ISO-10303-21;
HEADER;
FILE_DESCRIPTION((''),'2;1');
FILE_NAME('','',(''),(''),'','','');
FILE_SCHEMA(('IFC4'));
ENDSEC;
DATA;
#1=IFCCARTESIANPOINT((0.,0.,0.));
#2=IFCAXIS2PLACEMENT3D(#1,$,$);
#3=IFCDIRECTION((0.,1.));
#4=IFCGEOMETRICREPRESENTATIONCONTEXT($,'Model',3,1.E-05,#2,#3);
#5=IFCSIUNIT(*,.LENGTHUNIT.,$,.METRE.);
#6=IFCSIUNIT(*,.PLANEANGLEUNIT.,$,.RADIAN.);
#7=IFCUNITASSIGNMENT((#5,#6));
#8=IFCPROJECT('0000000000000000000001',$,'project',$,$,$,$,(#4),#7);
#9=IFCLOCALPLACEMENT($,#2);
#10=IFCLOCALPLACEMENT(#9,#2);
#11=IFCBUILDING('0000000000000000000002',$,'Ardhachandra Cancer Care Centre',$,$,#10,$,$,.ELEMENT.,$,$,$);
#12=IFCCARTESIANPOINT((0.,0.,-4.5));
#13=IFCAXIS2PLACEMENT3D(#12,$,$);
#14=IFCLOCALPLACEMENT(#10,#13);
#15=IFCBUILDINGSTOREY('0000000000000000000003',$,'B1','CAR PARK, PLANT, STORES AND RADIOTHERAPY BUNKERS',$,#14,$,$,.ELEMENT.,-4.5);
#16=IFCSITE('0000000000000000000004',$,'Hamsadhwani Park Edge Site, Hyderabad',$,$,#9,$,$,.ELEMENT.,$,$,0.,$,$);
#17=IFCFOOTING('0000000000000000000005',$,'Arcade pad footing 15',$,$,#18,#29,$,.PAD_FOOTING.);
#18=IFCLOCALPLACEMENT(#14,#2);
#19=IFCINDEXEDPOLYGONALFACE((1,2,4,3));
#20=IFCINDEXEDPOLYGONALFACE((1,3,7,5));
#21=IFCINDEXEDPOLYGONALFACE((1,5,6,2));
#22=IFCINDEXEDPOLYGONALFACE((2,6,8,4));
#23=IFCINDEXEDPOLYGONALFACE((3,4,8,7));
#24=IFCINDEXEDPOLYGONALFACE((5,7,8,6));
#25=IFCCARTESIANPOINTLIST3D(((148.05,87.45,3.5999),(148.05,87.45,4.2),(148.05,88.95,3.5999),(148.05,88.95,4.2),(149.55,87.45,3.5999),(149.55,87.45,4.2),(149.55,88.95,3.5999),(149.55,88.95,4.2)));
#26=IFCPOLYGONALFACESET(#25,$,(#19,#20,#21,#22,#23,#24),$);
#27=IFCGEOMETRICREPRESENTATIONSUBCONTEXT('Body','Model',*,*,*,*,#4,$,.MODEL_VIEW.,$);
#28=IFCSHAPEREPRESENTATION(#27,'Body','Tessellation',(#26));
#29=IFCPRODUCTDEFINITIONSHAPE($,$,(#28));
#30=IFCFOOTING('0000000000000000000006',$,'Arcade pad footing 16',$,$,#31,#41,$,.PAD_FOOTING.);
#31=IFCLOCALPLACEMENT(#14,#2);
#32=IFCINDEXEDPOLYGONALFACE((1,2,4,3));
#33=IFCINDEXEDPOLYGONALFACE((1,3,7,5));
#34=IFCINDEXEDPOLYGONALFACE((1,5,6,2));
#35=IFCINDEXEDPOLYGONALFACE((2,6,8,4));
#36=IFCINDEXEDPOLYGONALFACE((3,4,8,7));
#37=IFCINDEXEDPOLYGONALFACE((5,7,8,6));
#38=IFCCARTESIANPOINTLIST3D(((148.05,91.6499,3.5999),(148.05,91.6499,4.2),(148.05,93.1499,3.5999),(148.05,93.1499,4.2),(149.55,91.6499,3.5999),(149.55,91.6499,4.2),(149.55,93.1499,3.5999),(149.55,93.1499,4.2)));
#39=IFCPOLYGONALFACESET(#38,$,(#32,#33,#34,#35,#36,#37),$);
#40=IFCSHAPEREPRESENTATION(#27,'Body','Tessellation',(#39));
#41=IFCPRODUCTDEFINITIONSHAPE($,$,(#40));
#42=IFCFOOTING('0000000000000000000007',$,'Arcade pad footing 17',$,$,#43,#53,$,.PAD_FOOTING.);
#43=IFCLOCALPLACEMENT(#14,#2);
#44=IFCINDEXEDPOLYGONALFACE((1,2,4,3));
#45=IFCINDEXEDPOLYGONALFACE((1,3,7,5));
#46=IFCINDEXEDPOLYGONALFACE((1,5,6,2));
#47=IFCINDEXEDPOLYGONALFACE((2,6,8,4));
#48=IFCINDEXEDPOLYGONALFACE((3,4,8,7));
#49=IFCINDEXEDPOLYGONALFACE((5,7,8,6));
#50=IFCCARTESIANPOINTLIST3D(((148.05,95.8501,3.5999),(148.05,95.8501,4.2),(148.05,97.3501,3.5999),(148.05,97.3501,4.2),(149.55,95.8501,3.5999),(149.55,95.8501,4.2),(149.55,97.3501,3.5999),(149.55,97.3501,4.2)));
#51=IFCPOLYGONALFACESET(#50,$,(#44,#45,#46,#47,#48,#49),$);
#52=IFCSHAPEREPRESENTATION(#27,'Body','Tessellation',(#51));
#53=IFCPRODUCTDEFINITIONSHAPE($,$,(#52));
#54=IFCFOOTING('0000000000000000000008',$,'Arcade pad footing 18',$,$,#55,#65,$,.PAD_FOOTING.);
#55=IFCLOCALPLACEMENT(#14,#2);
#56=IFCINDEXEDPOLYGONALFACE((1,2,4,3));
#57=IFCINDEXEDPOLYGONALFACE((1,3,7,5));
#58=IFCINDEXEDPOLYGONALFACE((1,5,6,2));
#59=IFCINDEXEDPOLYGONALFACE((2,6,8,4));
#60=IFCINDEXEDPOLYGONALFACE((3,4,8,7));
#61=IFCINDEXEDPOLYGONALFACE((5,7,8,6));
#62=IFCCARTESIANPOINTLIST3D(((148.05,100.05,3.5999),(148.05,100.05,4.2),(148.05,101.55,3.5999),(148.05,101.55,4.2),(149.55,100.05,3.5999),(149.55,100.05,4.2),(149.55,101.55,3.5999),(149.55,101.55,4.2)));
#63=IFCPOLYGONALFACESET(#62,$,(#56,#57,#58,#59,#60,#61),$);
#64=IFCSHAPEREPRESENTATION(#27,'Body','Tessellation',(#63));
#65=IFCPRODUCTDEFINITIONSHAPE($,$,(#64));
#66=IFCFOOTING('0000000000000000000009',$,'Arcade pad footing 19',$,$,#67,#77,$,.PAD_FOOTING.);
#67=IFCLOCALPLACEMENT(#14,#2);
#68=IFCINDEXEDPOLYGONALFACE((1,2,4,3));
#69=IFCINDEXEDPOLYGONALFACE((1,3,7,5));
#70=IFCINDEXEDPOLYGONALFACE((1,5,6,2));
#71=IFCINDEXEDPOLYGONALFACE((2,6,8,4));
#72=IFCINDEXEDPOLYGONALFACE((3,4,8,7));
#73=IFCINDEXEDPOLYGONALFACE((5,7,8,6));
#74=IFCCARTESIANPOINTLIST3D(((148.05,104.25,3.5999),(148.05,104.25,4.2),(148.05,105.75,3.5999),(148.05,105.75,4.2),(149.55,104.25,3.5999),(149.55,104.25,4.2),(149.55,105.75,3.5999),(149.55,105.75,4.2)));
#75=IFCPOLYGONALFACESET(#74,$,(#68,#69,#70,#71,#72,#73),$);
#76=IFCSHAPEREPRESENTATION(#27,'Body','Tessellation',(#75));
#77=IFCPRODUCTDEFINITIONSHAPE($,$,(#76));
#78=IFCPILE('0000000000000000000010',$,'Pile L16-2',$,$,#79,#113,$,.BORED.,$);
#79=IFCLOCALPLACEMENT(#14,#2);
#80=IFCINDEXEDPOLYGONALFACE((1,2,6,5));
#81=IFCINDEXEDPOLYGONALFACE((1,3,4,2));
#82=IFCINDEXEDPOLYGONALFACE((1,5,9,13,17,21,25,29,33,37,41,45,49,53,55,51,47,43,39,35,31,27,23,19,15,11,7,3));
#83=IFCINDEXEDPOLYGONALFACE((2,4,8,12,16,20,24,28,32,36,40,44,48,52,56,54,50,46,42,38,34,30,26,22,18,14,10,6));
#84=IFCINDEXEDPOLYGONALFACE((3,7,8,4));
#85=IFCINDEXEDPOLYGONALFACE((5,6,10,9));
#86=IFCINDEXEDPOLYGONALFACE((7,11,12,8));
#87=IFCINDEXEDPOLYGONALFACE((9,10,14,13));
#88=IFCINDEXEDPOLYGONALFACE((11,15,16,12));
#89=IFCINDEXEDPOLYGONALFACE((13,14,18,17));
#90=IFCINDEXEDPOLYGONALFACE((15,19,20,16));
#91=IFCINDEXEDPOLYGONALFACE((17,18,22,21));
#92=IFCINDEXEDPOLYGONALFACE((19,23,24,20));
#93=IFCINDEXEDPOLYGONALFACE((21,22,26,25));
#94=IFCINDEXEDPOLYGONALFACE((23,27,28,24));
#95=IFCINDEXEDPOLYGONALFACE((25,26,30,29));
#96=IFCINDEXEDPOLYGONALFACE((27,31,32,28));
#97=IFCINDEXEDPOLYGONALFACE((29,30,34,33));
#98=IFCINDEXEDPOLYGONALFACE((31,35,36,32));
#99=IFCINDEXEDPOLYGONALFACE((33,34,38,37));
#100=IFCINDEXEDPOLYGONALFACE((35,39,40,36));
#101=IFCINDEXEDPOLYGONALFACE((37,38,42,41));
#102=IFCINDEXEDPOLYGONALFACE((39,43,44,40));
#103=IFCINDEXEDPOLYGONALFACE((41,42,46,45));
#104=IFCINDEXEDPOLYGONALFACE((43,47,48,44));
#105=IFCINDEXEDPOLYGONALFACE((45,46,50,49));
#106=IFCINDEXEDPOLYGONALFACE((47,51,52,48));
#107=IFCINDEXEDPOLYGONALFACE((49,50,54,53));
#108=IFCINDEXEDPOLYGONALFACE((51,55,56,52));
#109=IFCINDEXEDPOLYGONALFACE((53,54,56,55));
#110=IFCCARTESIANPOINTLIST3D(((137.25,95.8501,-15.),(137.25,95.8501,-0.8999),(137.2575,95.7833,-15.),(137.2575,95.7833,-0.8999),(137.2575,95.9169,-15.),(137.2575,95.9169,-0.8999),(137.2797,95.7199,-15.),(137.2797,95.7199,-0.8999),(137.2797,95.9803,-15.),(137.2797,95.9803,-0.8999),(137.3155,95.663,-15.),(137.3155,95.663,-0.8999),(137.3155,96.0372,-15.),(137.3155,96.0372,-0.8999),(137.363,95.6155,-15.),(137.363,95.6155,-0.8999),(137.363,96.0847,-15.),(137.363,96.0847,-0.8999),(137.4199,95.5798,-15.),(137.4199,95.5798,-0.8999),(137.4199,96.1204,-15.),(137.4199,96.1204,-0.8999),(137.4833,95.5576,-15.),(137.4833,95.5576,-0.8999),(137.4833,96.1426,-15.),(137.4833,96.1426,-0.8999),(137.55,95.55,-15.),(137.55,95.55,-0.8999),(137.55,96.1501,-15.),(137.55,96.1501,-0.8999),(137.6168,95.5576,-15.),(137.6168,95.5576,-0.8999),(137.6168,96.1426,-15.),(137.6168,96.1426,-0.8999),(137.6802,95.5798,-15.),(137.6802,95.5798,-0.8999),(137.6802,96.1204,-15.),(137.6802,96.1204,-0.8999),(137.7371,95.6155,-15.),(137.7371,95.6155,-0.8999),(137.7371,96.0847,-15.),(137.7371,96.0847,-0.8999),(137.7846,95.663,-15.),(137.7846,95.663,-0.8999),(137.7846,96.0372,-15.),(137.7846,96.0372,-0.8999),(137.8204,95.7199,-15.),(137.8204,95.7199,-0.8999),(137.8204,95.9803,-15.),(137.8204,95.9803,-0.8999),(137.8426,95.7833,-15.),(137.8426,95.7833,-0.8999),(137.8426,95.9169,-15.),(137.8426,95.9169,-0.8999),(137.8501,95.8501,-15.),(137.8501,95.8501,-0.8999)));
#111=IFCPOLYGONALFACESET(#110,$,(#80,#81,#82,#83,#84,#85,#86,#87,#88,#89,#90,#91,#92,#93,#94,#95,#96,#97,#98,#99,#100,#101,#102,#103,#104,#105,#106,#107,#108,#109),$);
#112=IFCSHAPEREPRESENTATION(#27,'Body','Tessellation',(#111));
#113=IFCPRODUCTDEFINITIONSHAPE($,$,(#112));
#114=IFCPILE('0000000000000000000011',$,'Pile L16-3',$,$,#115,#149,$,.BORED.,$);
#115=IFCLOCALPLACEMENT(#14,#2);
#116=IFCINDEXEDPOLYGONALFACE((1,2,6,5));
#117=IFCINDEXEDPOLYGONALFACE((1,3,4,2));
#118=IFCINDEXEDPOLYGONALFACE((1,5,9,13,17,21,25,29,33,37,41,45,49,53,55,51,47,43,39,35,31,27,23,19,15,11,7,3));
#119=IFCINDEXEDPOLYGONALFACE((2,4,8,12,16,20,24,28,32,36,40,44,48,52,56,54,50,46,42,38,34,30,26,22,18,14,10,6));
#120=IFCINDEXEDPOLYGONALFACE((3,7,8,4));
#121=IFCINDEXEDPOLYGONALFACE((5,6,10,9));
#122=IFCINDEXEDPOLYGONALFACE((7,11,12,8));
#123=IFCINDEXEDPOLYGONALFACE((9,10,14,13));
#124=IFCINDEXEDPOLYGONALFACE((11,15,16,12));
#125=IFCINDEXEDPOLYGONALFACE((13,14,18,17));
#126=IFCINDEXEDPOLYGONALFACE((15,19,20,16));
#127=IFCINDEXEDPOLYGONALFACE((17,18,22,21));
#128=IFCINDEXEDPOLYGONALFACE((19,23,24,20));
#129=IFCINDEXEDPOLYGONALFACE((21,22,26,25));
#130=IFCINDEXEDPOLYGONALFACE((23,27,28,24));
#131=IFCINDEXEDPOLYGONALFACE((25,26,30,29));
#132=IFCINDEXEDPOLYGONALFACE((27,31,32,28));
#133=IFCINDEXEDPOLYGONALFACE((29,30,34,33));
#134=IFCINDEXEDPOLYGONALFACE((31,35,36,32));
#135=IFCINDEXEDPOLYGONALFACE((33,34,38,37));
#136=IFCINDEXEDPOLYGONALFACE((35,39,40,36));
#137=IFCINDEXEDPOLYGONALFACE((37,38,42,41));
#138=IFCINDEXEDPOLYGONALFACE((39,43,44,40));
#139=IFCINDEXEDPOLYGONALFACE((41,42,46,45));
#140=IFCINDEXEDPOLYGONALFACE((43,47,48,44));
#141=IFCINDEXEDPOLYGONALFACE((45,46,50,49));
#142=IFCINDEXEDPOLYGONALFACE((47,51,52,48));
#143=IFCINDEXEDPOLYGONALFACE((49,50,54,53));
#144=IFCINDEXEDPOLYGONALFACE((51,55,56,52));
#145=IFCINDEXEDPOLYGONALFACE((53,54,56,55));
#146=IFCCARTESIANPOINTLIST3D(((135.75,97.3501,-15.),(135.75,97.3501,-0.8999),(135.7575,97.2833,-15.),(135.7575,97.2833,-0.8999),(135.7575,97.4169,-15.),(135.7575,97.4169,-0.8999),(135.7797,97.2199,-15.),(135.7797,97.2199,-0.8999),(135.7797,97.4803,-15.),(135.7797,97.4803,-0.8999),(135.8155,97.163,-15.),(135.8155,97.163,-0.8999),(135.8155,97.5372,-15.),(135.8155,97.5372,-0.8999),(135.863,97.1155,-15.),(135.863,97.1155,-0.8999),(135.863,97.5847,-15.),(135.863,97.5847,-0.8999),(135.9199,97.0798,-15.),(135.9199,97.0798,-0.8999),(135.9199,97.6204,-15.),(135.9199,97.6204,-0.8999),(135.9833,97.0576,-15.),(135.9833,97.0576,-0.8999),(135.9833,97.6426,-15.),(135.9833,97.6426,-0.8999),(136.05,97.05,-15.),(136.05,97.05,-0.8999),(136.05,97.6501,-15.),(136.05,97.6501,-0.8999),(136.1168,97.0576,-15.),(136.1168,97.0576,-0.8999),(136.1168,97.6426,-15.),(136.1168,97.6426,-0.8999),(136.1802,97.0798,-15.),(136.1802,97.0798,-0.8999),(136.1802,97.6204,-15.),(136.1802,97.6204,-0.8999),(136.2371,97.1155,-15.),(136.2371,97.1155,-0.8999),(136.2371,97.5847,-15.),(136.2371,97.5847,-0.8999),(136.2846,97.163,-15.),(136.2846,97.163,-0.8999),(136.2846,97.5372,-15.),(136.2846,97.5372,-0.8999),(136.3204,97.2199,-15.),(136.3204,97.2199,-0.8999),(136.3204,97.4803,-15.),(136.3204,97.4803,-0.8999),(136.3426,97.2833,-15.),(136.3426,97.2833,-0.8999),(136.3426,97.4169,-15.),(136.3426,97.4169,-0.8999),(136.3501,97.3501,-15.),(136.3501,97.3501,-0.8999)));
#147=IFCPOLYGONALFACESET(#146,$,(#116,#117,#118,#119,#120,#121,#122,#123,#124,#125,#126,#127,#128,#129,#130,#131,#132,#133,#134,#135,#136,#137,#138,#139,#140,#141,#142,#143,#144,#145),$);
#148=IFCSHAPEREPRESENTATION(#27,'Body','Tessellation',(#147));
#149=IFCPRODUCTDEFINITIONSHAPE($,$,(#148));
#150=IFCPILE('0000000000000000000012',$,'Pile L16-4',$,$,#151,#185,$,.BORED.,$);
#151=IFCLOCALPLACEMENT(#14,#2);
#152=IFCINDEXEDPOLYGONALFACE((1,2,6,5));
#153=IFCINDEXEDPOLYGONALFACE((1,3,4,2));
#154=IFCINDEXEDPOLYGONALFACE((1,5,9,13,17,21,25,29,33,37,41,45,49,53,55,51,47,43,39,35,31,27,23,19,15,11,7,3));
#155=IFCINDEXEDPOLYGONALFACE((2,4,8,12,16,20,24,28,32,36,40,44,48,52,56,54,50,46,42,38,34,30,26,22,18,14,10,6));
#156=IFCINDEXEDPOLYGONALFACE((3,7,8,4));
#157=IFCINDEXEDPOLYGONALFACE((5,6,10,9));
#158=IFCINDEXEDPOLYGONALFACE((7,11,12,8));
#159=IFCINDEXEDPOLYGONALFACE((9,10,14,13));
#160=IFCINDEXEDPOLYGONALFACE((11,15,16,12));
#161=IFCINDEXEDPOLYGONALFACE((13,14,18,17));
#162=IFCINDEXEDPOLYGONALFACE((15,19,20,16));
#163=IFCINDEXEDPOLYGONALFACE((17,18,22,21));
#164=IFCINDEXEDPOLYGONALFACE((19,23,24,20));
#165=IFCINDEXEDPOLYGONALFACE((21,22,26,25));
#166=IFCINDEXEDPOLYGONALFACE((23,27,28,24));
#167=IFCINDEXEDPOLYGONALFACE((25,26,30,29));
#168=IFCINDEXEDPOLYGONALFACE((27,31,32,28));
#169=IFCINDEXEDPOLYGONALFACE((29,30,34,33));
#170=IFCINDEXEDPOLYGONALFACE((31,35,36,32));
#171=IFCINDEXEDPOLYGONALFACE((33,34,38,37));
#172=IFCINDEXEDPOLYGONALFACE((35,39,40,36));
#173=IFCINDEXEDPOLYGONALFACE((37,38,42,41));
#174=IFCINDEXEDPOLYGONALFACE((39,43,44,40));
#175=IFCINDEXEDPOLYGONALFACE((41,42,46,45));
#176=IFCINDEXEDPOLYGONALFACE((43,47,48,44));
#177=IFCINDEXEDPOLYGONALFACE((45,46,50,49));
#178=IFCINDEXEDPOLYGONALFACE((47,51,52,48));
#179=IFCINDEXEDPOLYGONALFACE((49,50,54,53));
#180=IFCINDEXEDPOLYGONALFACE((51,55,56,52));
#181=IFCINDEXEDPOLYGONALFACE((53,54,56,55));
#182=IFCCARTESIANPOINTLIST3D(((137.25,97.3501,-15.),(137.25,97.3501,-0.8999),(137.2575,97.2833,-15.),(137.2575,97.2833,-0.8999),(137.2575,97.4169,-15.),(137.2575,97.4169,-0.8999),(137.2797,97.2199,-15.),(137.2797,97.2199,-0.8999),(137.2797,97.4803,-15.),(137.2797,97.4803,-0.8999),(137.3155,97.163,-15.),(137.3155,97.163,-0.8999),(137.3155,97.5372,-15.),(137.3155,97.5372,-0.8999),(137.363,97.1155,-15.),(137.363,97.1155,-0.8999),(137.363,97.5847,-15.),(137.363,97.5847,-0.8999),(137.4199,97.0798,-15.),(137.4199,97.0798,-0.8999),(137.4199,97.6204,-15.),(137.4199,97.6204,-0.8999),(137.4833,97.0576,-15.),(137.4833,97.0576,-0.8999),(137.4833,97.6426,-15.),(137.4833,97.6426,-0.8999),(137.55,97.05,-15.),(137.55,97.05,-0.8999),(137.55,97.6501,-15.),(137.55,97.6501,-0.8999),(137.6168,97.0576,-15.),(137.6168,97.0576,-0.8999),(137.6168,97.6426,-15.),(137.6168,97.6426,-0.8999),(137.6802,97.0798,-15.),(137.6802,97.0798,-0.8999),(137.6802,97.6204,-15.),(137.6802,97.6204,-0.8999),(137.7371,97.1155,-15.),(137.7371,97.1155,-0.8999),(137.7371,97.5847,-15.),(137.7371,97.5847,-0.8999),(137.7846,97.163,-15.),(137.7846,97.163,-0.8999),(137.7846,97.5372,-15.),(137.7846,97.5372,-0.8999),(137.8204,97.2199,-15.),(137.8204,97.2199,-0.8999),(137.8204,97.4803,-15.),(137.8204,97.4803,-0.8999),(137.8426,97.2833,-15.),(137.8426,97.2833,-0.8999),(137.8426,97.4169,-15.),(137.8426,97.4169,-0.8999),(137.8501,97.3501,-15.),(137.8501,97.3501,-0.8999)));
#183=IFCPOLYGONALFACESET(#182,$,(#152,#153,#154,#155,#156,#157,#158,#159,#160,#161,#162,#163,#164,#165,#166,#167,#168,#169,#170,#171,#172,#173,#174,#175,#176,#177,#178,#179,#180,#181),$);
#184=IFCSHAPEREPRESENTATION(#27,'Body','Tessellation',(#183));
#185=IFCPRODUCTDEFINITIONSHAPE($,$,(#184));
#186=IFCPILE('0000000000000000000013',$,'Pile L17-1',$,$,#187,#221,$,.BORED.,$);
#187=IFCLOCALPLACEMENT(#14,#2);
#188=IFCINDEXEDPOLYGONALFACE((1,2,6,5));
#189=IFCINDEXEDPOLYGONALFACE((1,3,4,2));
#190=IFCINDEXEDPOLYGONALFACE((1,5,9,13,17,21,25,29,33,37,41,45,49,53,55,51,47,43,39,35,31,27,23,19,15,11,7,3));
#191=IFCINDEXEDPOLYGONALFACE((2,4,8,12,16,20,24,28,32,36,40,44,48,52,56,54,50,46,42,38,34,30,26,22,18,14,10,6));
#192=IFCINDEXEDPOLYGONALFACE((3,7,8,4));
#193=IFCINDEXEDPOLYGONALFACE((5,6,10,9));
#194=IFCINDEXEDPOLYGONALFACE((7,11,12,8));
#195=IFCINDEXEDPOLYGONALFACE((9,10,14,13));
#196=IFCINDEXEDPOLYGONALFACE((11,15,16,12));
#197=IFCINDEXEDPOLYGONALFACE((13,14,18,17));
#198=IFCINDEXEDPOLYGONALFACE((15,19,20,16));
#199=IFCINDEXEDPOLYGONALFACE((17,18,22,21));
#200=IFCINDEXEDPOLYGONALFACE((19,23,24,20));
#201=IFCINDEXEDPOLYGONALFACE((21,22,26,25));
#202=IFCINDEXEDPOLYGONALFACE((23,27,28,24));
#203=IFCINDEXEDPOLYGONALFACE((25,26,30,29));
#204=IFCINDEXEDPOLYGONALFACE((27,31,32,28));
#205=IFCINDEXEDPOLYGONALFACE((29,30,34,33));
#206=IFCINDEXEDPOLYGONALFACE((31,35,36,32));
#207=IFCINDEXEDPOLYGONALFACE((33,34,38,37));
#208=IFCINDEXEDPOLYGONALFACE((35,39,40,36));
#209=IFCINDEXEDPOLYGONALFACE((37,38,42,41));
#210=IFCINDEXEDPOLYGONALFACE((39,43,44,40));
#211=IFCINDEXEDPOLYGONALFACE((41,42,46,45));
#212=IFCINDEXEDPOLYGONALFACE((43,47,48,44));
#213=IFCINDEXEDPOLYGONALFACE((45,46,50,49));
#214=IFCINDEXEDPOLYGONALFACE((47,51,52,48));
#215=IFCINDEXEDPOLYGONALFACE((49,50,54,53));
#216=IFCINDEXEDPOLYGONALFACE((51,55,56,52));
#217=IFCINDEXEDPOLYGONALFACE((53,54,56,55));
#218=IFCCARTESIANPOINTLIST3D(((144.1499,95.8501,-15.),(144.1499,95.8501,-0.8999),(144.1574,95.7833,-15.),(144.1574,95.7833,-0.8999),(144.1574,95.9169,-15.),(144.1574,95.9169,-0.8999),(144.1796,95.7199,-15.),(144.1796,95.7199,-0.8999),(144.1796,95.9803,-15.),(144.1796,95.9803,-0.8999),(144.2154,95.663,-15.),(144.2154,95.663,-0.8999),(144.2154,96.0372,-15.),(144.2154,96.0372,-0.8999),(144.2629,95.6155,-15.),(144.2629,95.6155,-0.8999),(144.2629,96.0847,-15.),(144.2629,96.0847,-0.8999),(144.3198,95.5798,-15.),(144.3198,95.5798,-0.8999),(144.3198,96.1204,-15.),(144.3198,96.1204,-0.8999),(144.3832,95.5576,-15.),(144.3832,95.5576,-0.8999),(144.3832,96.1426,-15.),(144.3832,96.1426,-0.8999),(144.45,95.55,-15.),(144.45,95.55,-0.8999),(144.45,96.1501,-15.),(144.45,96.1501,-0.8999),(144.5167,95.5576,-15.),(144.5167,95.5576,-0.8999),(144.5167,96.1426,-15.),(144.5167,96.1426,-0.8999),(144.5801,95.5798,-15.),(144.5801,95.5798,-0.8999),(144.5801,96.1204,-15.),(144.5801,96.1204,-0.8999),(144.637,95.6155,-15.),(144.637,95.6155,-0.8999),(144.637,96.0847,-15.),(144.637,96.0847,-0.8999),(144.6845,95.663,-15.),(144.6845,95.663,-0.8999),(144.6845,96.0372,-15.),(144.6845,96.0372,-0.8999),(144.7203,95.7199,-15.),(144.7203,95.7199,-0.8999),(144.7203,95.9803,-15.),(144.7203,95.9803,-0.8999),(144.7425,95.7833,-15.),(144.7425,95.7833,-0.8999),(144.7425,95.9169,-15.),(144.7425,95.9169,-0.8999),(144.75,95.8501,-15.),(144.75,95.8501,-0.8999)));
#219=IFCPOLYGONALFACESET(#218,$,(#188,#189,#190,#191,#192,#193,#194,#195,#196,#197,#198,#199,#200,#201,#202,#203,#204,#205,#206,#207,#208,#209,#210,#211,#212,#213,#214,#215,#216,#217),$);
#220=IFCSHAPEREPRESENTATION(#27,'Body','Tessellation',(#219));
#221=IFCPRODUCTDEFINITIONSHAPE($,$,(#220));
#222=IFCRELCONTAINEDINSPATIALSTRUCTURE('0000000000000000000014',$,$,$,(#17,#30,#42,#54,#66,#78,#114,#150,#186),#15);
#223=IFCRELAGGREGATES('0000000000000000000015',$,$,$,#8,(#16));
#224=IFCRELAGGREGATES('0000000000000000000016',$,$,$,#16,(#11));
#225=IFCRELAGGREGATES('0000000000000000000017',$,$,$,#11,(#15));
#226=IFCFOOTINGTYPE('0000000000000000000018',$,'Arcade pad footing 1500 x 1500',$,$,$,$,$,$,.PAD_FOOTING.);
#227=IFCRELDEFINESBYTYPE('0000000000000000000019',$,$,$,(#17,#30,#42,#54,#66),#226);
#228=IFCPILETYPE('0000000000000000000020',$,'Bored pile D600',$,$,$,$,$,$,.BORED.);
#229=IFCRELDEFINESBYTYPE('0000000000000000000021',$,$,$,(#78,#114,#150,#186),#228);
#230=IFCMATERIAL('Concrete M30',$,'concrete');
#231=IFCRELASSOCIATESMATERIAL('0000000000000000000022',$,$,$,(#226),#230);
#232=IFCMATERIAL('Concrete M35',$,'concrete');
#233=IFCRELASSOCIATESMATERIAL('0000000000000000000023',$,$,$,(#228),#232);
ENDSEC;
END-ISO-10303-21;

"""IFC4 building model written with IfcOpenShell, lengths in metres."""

from ifc_helpers import new_model, si_unit, direction, frame, origin, origin_2d, place, context, subcontext, project, spatial, rectangle, circle, extrude, material, material_profile, profile_set, type_object, element, save


model = new_model("IFC4")

# Units and contexts
model_context = context("Model", 3, precision=1e-05, world=origin(), true_north=direction((0.0, 1.0)))
body_context = subcontext(model_context, "Body", "Model", "MODEL_VIEW")
ifc_project = project(units=[si_unit("LENGTHUNIT", "METRE"), si_unit("PLANEANGLEUNIT", "RADIAN")], contexts=[model_context])

# Site, building, storey
site_placement = place(None, origin())
site = spatial("IfcSite", under=ifc_project, at=site_placement, Name="Hamsadhwani Park Edge Site, Hyderabad", CompositionType="ELEMENT", RefElevation=0.0)
building_placement = place(site_placement, origin())
building = spatial("IfcBuilding", under=site, at=building_placement, Name="Ardhachandra Cancer Care Centre", CompositionType="ELEMENT")
storey_placement = place(building_placement, frame((0.0, 0.0, -4.5)))
storey = spatial("IfcBuildingStorey", under=building, at=storey_placement, Name="B1", Description="CAR PARK, PLANT, STORES AND RADIOTHERAPY BUNKERS", CompositionType="ELEMENT", Elevation=-4.5)

# Footings
ifc_material_1 = material(Name="Concrete M30", Category="concrete")
footing_type_1 = type_object("IfcFootingType", Name="Arcade pad footing 1500 x 1500", PredefinedType="PAD_FOOTING", material=ifc_material_1)
for number, where, z_axis, x_axis, name in (
    (1, (148.8, 88.2, 3.5999), (0.0, 0.0, 1.0), (1.0, 0.0, 0.0), "Arcade pad footing 15"),
    (2, (148.8, 92.3999, 3.5999), (0.0, 0.0, 1.0), (1.0, 0.0, 0.0), "Arcade pad footing 16"),
    (3, (148.8, 96.6001, 3.5999), (0.0, 0.0, 1.0), (1.0, 0.0, 0.0), "Arcade pad footing 17"),
    (4, (148.8, 100.8, 3.5999), (0.0, 0.0, 1.0), (1.0, 0.0, 0.0), "Arcade pad footing 18"),
    (5, (148.8, 105.0, 3.5999), (0.0, 0.0, 1.0), (1.0, 0.0, 0.0), "Arcade pad footing 19"),
):
    element("IfcFooting", number, at=place(storey_placement, frame(where, z_axis=z_axis, x_axis=x_axis)), inside=storey, type_object=footing_type_1, Name=name, PredefinedType="PAD_FOOTING", context=body_context, shape_type="SweptSolid", body=[
        extrude(rectangle(XDim=1.5, YDim=1.5, at=origin_2d()), origin(), (0.0, 0.0, 1.0), 0.6001),
    ])

# Piles
ifc_material_2 = material(Name="Concrete M35", Category="concrete")
ifc_material_profile_1 = material_profile(ifc_material_2, circle(Radius=0.3, at=origin_2d()), Name="D600")
ifc_profile_set_1 = profile_set([ifc_material_profile_1], Name="Concrete M35")
pile_type = type_object("IfcPileType", Name="Bored pile D600", PredefinedType="BORED", material=ifc_profile_set_1)
for number, where, z_axis, x_axis, name in (
    (6, (137.55, 95.8501, -0.8999), (0.0, 0.0, -1.0), (1.0, 0.0, 0.0), "Pile L16-2"),
    (7, (136.05, 97.3501, -0.8999), (0.0, 0.0, -1.0), (1.0, 0.0, 0.0), "Pile L16-3"),
    (8, (137.55, 97.3501, -0.8999), (0.0, 0.0, -1.0), (1.0, 0.0, 0.0), "Pile L16-4"),
    (9, (144.45, 95.8501, -0.8999), (0.0, 0.0, -1.0), (1.0, 0.0, 0.0), "Pile L17-1"),
):
    element("IfcPile", number, at=place(storey_placement, frame(where, z_axis=z_axis, x_axis=x_axis)), inside=storey, type_object=pile_type, Name=name, PredefinedType="BORED", context=body_context, shape_type="SweptSolid", body=[
        extrude(circle(Radius=0.3, at=origin_2d()), origin(), (0.0, 0.0, 1.0), 14.1001),
    ])

save(model, "model.ifc")
